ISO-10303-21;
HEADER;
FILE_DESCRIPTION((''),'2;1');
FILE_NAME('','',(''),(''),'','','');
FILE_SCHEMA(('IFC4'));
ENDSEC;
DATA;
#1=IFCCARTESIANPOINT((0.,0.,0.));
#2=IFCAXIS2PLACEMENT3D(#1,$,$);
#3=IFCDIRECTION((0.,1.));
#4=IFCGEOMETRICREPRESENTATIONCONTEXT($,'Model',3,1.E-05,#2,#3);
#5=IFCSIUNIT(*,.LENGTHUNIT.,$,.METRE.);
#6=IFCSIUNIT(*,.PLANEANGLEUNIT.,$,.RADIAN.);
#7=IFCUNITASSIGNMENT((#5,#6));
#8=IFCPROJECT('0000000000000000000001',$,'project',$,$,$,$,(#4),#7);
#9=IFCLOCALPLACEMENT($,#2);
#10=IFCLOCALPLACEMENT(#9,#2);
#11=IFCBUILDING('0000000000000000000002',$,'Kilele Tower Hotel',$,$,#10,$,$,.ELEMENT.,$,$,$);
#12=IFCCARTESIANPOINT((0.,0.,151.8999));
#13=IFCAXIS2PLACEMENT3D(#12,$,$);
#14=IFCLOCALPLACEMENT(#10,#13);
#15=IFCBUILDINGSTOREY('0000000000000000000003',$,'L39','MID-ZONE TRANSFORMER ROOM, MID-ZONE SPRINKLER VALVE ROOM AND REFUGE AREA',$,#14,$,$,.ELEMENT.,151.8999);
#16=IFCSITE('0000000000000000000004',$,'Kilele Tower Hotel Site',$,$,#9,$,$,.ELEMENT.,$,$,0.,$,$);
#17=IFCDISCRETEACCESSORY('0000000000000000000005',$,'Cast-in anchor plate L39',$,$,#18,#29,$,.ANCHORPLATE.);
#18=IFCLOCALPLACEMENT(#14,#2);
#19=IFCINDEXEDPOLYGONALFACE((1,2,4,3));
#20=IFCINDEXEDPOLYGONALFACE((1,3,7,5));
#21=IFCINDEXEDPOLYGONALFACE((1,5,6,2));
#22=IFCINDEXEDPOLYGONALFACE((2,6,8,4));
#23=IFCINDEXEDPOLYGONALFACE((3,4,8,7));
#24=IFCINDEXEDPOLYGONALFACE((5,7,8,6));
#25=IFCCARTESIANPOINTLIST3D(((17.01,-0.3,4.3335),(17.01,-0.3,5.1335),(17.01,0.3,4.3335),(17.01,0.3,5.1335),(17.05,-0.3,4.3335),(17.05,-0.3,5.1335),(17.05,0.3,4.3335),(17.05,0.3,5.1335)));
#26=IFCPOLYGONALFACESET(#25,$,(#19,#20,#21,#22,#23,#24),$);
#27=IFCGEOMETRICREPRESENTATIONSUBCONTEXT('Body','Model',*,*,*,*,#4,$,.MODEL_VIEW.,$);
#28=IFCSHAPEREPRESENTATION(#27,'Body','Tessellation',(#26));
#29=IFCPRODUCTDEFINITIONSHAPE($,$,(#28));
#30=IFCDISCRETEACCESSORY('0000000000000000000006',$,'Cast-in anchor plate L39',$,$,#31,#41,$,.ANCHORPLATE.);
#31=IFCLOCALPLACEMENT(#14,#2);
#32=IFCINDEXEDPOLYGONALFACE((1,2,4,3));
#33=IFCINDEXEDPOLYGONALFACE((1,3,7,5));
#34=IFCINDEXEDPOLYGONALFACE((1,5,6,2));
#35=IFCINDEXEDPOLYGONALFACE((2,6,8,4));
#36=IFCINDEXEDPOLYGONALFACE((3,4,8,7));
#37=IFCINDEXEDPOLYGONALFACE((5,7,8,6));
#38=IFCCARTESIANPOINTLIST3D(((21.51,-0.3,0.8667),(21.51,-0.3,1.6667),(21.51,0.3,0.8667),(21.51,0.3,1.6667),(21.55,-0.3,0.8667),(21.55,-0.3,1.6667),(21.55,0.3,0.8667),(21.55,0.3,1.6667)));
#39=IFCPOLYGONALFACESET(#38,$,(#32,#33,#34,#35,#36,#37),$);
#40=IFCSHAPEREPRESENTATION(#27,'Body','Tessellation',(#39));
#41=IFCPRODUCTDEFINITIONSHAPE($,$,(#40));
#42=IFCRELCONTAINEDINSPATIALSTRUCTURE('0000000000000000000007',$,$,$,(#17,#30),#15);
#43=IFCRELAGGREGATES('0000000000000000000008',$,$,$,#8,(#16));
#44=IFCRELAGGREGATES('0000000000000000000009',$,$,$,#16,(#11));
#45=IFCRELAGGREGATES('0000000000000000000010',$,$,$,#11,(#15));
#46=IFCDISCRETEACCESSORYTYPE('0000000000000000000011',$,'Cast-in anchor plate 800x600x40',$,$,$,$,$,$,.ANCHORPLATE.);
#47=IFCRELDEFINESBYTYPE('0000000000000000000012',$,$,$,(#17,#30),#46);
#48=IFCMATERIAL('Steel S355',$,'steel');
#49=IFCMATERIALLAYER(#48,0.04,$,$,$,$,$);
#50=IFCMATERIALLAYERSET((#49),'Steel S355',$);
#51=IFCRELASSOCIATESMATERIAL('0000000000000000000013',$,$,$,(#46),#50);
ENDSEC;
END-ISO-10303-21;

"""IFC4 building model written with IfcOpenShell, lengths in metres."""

from ifc_helpers import new_model, si_unit, direction, frame, origin, place, context, subcontext, project, spatial, polyline, outline, extrude, source, transform, mapped, material, layer, layer_set, type_object, element, save


model = new_model("IFC4")

# Units and contexts
model_context = context("Model", 3, precision=1e-05, world=origin(), true_north=direction((0.0, 1.0)))
body_context = subcontext(model_context, "Body", "Model", "MODEL_VIEW")
ifc_project = project(units=[si_unit("LENGTHUNIT", "METRE"), si_unit("PLANEANGLEUNIT", "RADIAN")], contexts=[model_context])

# Site, building, storey
site_placement = place(None, origin())
site = spatial("IfcSite", under=ifc_project, at=site_placement, Name="Kilele Tower Hotel Site", CompositionType="ELEMENT", RefElevation=0.0)
building_placement = place(site_placement, origin())
building = spatial("IfcBuilding", under=site, at=building_placement, Name="Kilele Tower Hotel", CompositionType="ELEMENT")
storey_placement = place(building_placement, frame((0.0, 0.0, 151.8999)))
storey = spatial("IfcBuildingStorey", under=building, at=storey_placement, Name="L39", Description="MID-ZONE TRANSFORMER ROOM, MID-ZONE SPRINKLER VALVE ROOM AND REFUGE AREA", CompositionType="ELEMENT", Elevation=151.8999)

# Discrete accessories
ifc_material_1 = material(Name="Steel S355", Category="steel")
ifc_layer_1 = layer(ifc_material_1, 0.04)
ifc_layer_set_1 = layer_set([ifc_layer_1], Name="Steel S355")
discrete_accessory_type_1 = type_object("IfcDiscreteAccessoryType", Name="Cast-in anchor plate 800x600x40", PredefinedType="ANCHORPLATE", material=ifc_layer_set_1)
shared_shape_1 = source(origin(), body_context, "Body", "SweptSolid", [
    extrude(outline(polyline([(0.0, 0.0), (0.04, 0.0), (0.04, 0.8), (0.0, 0.8), (0.0, 0.0)])), origin(), (0.0, 0.0, 1.0), 0.6001),
])
for number, where, z_axis, x_axis, name in (
    (1, (17.05, -0.3, 4.3335), (0.0, 1.0, 0.0), (-1.0, 0.0, 0.0), "Cast-in anchor plate L39"),
    (2, (21.55, -0.3, 0.8667), (0.0, 1.0, 0.0), (-1.0, 0.0, 0.0), "Cast-in anchor plate L39"),
):
    element("IfcDiscreteAccessory", number, at=place(storey_placement, frame(where, z_axis=z_axis, x_axis=x_axis)), inside=storey, type_object=discrete_accessory_type_1, Name=name, PredefinedType="ANCHORPLATE", context=body_context, shape_type="MappedRepresentation", body=[
        mapped(shared_shape_1, transform((0.0, 0.0, 0.0))),
    ])

save(model, "model.ifc")
